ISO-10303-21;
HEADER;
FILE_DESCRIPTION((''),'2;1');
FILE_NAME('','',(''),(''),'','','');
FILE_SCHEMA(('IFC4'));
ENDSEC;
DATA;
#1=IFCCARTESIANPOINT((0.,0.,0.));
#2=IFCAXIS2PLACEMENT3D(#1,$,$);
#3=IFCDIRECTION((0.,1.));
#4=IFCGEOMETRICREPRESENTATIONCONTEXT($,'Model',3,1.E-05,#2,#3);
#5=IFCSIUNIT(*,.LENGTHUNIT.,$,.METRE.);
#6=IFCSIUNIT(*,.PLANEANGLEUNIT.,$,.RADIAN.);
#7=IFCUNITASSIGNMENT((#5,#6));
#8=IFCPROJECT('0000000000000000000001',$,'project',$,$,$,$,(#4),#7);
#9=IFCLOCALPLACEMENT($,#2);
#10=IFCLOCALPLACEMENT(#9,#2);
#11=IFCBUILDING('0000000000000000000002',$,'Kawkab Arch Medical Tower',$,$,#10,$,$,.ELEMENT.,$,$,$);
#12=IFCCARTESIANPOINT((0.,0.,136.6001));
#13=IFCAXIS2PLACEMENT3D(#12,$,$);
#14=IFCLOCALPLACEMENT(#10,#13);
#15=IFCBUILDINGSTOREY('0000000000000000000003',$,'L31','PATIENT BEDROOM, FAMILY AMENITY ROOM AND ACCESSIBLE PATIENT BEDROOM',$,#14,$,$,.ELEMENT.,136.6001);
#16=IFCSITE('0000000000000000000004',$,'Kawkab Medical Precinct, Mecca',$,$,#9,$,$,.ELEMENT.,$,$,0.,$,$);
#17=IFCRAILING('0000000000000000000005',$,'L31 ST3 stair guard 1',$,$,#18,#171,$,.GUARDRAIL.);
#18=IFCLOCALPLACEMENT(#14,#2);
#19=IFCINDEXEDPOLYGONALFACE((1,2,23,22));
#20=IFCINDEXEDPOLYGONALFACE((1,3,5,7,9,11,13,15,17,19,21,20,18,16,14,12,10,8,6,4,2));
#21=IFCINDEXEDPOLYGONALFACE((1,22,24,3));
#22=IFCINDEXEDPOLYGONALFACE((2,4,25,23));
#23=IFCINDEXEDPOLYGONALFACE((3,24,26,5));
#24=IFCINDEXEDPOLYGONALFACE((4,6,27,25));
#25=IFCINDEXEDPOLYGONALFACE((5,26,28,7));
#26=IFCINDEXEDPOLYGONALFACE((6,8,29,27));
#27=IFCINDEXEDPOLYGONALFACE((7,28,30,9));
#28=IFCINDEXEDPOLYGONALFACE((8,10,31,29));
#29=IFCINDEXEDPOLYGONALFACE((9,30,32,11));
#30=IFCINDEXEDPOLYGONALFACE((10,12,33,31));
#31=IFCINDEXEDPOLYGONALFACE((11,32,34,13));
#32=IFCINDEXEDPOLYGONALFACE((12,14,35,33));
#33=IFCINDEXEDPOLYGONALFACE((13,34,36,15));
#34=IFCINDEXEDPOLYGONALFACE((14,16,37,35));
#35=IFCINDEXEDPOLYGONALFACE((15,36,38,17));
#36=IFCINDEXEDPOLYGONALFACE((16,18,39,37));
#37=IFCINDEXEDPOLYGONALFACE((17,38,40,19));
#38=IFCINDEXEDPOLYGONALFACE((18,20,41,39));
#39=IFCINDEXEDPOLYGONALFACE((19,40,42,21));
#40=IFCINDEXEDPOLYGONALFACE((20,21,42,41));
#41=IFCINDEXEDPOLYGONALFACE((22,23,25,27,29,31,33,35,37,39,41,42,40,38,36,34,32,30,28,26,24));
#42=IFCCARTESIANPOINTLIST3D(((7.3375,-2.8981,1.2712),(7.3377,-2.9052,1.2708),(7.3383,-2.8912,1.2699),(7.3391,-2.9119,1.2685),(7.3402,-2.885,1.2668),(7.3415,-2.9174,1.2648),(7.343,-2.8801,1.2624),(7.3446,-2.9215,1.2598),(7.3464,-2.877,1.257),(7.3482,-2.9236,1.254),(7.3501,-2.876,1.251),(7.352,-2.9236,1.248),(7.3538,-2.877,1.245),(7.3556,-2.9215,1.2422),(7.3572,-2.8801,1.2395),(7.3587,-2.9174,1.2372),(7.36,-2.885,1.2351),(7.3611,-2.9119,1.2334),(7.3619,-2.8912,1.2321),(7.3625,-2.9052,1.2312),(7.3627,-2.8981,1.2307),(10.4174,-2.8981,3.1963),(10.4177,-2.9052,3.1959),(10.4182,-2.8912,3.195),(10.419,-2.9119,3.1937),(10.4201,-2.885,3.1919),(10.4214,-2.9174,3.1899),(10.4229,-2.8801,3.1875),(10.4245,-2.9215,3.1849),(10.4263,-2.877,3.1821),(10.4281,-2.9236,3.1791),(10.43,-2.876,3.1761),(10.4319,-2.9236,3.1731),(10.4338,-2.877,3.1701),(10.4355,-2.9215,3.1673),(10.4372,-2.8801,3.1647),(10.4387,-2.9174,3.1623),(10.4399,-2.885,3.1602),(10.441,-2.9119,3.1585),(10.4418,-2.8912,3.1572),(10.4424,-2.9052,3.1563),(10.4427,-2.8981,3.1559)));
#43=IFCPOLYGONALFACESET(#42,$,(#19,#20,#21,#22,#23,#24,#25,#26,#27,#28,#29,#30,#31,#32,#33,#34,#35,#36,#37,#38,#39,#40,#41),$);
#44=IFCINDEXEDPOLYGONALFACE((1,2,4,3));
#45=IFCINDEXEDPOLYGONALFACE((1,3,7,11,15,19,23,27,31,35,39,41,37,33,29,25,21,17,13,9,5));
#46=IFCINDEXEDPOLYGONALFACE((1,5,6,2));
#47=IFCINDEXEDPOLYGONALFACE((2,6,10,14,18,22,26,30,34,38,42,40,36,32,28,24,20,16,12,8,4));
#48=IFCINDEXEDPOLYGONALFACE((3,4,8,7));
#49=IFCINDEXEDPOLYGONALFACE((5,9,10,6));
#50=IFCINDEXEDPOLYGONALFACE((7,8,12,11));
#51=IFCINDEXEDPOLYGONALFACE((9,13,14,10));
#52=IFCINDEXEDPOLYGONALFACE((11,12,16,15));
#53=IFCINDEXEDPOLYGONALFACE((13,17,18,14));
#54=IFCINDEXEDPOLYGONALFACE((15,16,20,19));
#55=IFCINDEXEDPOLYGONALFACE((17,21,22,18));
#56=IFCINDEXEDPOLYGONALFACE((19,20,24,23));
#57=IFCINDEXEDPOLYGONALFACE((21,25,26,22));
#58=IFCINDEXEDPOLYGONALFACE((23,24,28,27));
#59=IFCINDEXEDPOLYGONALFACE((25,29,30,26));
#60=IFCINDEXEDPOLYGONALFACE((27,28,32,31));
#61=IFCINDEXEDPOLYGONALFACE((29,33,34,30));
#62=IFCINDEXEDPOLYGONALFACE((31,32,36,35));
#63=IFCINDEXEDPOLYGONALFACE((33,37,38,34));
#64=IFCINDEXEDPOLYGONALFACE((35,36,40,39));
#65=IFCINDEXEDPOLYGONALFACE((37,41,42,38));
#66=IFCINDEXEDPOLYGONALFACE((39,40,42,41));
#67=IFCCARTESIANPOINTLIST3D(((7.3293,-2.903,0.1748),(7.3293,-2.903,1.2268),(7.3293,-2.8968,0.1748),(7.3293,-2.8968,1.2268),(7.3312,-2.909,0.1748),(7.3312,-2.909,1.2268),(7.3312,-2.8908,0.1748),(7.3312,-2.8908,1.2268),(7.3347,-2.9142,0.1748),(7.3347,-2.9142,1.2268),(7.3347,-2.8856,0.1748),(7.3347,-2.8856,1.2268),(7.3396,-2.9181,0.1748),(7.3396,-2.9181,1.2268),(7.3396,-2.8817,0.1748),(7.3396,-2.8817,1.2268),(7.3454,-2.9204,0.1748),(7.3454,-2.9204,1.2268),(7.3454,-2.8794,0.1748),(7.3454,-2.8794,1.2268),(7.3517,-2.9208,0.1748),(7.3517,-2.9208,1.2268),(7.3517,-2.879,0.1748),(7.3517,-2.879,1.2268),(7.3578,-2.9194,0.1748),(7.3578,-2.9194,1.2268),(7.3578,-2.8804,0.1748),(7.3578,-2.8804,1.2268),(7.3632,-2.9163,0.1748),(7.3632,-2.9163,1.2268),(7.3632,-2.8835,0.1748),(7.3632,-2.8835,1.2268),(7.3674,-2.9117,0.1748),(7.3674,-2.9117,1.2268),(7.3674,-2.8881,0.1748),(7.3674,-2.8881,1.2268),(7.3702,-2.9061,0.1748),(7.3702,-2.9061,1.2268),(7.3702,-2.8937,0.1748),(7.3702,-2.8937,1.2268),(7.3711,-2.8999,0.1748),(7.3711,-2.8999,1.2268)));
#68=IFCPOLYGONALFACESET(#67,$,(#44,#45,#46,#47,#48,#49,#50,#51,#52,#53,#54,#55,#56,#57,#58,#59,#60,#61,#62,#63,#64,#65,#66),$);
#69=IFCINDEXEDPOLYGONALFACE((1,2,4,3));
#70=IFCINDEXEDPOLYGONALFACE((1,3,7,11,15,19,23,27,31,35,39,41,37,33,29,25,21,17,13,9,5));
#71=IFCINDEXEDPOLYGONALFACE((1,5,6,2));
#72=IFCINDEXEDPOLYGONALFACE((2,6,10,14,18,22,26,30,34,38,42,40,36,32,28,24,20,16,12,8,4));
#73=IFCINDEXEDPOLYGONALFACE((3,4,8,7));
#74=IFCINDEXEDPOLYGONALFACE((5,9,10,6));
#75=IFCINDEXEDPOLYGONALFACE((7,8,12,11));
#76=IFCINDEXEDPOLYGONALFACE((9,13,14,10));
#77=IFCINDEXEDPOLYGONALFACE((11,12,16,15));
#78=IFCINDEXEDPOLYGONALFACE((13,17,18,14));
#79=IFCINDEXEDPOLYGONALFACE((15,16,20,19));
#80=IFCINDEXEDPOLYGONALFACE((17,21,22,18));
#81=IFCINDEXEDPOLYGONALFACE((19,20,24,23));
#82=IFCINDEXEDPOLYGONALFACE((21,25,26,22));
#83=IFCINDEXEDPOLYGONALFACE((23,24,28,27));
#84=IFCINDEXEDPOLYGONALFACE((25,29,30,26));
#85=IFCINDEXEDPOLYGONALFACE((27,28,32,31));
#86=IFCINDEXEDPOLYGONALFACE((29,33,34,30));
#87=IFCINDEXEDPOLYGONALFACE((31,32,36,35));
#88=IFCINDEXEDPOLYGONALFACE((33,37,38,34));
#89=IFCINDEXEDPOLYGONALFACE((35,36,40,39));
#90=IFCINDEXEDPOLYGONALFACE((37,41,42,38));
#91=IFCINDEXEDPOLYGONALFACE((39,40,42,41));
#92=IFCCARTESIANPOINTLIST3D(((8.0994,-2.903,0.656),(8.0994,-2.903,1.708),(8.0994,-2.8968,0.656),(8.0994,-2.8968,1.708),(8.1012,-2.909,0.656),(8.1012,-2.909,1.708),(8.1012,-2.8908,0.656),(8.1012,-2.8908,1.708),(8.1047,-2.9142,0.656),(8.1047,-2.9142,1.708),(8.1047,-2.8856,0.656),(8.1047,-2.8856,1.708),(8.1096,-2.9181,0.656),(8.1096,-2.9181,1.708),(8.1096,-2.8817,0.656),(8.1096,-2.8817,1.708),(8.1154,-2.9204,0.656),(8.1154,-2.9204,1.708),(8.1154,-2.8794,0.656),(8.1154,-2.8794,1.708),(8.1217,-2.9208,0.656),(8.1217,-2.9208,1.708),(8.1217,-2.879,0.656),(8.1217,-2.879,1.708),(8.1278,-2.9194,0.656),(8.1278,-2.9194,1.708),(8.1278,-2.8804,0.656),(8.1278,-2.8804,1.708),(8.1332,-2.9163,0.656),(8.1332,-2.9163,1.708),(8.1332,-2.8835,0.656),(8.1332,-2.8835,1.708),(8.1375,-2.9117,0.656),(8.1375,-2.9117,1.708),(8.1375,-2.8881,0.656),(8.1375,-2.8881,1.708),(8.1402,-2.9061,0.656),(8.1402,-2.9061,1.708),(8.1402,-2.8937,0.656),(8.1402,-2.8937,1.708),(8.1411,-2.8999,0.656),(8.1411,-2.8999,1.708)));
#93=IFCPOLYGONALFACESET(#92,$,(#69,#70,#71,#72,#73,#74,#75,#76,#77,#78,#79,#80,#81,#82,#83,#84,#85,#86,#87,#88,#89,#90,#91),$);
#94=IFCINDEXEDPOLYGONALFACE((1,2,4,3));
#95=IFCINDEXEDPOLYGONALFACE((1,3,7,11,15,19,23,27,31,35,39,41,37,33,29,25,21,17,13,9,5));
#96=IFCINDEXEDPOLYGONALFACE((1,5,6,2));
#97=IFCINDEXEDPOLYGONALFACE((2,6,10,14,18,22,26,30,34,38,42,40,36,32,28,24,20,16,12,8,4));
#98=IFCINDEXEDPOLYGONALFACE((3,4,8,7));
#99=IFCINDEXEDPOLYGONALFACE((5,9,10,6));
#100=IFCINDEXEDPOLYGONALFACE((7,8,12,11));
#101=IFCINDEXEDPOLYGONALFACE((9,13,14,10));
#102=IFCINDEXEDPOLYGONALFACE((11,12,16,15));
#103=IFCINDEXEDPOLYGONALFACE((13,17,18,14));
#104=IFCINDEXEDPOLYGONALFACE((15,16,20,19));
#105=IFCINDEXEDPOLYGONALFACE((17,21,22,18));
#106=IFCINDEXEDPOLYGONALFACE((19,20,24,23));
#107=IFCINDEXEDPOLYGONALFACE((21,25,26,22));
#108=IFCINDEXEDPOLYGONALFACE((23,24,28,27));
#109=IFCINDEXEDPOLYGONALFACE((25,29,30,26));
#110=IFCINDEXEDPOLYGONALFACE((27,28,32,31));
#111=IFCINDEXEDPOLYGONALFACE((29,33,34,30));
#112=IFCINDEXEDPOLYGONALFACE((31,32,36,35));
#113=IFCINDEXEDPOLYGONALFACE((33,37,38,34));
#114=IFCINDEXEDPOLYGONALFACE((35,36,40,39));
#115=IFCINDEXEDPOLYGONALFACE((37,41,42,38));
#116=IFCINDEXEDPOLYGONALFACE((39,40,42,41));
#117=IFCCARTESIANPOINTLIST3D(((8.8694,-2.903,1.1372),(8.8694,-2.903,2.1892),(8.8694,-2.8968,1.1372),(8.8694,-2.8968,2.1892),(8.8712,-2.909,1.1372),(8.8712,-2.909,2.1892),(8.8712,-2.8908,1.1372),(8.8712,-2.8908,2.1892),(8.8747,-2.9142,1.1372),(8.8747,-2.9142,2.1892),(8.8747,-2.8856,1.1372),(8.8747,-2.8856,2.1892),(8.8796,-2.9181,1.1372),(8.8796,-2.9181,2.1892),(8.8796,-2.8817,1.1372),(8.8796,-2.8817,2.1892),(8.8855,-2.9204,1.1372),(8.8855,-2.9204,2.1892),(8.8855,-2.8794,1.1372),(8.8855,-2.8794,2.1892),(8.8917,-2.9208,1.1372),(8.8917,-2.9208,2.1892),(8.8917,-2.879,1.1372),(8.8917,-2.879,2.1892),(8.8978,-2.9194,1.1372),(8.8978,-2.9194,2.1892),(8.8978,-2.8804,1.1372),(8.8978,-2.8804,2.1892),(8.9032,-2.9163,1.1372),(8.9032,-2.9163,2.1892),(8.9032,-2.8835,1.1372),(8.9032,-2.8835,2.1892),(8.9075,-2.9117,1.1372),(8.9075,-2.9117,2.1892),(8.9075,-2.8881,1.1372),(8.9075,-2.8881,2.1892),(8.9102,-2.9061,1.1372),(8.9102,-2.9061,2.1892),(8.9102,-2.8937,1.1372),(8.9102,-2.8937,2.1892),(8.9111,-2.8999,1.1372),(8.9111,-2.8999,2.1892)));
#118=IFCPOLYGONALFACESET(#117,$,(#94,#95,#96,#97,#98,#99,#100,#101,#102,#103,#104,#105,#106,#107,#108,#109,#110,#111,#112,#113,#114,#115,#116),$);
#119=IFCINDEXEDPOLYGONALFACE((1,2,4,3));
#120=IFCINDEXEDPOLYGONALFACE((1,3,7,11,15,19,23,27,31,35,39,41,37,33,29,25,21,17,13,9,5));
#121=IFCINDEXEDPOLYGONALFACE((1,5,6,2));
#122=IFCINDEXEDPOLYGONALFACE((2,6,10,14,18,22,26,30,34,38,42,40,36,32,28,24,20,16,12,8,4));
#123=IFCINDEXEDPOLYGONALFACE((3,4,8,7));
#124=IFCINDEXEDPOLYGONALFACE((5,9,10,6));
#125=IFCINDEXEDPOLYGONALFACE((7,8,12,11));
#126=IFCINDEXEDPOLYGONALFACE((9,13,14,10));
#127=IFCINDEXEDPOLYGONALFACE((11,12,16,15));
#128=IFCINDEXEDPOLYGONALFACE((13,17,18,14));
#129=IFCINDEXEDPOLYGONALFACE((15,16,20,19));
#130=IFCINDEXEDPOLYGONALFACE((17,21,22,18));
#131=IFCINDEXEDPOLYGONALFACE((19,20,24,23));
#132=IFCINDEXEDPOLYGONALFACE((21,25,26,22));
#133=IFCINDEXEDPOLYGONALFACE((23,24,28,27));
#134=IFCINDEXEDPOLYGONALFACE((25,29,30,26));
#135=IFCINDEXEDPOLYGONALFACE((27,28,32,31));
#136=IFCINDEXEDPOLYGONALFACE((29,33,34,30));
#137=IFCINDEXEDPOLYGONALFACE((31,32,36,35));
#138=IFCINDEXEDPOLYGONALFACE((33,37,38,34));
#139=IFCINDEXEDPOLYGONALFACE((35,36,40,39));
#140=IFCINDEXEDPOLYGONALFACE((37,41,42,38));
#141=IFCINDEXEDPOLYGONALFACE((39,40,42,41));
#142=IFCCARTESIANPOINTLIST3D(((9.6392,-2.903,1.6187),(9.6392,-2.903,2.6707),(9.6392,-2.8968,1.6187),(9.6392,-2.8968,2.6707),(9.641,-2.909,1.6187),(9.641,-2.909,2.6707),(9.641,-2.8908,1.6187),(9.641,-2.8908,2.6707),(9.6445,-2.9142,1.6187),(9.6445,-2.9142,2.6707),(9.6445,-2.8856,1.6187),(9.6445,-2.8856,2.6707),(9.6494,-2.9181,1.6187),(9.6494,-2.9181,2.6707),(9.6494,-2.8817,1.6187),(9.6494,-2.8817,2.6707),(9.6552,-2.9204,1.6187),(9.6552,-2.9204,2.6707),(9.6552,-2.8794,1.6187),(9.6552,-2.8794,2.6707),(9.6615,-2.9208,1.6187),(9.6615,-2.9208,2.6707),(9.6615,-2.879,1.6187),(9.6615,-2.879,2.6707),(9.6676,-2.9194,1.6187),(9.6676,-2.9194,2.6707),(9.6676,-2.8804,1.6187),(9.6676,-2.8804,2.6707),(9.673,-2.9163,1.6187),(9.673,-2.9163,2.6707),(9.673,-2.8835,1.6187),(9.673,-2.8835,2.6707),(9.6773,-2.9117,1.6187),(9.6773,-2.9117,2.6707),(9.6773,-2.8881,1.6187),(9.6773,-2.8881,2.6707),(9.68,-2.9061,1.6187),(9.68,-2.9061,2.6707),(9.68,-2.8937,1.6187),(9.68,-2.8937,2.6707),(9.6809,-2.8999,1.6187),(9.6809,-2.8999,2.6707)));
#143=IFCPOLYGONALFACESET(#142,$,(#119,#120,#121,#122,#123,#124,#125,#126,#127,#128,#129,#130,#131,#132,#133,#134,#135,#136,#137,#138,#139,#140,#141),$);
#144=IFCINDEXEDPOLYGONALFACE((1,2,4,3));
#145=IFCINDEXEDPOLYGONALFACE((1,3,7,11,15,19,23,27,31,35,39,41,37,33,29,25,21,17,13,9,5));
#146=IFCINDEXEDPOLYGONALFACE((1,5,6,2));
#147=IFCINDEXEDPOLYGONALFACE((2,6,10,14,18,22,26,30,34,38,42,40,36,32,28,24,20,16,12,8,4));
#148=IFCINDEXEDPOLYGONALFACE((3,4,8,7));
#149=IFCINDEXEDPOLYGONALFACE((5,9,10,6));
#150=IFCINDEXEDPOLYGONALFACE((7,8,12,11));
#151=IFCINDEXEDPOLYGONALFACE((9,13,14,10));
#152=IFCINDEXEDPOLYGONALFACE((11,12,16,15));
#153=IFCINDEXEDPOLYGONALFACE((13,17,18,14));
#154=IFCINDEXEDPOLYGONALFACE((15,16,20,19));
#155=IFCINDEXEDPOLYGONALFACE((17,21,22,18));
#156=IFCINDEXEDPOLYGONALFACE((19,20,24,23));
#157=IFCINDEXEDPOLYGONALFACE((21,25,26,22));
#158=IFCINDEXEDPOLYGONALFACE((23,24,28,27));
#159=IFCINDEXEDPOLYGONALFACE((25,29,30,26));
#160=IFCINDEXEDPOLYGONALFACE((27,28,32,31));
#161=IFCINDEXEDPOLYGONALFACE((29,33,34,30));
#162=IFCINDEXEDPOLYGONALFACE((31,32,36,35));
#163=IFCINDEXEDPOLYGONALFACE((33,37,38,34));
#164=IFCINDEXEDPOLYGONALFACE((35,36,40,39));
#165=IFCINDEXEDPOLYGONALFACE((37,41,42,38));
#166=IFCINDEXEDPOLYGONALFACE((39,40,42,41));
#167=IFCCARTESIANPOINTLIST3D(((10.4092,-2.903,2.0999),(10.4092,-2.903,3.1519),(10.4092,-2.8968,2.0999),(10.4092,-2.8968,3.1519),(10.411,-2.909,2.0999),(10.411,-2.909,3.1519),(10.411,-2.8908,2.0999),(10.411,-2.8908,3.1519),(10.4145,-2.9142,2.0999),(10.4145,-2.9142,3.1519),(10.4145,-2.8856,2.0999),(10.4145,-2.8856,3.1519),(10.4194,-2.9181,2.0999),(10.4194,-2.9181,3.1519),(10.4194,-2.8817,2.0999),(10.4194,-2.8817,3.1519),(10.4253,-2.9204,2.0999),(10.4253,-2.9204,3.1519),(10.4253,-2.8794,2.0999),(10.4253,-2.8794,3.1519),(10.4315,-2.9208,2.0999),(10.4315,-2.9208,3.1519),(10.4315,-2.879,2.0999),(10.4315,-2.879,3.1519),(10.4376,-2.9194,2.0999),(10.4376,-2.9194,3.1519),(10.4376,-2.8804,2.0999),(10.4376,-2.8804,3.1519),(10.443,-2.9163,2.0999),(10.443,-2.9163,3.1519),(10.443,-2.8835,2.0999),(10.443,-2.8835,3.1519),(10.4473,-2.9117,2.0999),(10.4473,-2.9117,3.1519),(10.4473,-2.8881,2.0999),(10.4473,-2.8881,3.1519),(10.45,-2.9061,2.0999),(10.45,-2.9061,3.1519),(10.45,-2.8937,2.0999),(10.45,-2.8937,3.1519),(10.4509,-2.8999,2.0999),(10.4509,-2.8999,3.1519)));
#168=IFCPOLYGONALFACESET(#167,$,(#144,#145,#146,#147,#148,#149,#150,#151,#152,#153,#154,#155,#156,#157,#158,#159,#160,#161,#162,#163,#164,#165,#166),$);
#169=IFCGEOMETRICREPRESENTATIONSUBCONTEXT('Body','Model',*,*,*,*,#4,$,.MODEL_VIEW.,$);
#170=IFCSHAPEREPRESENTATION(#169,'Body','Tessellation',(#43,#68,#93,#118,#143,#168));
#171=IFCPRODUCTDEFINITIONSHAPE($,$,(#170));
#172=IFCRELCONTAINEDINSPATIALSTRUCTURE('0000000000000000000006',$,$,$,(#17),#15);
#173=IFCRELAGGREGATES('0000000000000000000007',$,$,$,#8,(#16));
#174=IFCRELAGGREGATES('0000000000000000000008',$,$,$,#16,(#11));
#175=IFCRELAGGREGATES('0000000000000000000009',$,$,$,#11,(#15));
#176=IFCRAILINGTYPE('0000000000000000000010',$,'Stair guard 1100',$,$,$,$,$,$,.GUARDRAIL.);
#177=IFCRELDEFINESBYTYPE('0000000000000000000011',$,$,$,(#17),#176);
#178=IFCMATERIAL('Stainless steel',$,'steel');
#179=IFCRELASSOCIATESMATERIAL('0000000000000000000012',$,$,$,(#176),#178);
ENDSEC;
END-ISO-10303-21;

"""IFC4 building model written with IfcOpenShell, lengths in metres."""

from ifc_helpers import new_model, si_unit, direction, frame, origin, origin_2d, place, context, subcontext, project, spatial, circle, extrude, material, type_object, element, save


model = new_model("IFC4")

# Units and contexts
model_context = context("Model", 3, precision=1e-05, world=origin(), true_north=direction((0.0, 1.0)))
body_context = subcontext(model_context, "Body", "Model", "MODEL_VIEW")
ifc_project = project(units=[si_unit("LENGTHUNIT", "METRE"), si_unit("PLANEANGLEUNIT", "RADIAN")], contexts=[model_context])

# Site, building, storey
site_placement = place(None, origin())
site = spatial("IfcSite", under=ifc_project, at=site_placement, Name="Kawkab Medical Precinct, Mecca", CompositionType="ELEMENT", RefElevation=0.0)
building_placement = place(site_placement, origin())
building = spatial("IfcBuilding", under=site, at=building_placement, Name="Kawkab Arch Medical Tower", CompositionType="ELEMENT")
storey_placement = place(building_placement, frame((0.0, 0.0, 136.6001)))
storey = spatial("IfcBuildingStorey", under=building, at=storey_placement, Name="L31", Description="PATIENT BEDROOM, FAMILY AMENITY ROOM AND ACCESSIBLE PATIENT BEDROOM", CompositionType="ELEMENT", Elevation=136.6001)

# Railing
ifc_material_1 = material(Name="Stainless steel", Category="steel")
railing_type_1 = type_object("IfcRailingType", Name="Stair guard 1100", PredefinedType="GUARDRAIL", material=ifc_material_1)
railing_1_placement = place(storey_placement, frame((7.3501, -2.8999, 0.1748)))
element("IfcRailing", 1, at=railing_1_placement, inside=storey, type_object=railing_type_1, Name="L31 ST3 stair guard 1", PredefinedType="GUARDRAIL", context=body_context, shape_type="SweptSolid", body=[
    extrude(circle(Radius=0.0239, at=origin_2d()), frame((0.0, 0.0, 1.0762), z_axis=(0.847979, 0.0, 0.530029), x_axis=(0.0, 1.0, 0.0)), (0.0, 0.0, 1.0), 3.6321),
    extrude(circle(Radius=0.021, at=origin_2d()), origin(), (0.0, 0.0, 1.0), 1.052),
    extrude(circle(Radius=0.021, at=origin_2d()), frame((0.77, 0.0, 0.4812)), (0.0, 0.0, 1.0), 1.052),
    extrude(circle(Radius=0.021, at=origin_2d()), frame((1.54, 0.0, 0.9624)), (0.0, 0.0, 1.0), 1.052),
    extrude(circle(Radius=0.021, at=origin_2d()), frame((2.3098, 0.0, 1.4438)), (0.0, 0.0, 1.0), 1.052),
    extrude(circle(Radius=0.021, at=origin_2d()), frame((3.0798, 0.0, 1.925)), (0.0, 0.0, 1.0), 1.052),
])

save(model, "model.ifc")
